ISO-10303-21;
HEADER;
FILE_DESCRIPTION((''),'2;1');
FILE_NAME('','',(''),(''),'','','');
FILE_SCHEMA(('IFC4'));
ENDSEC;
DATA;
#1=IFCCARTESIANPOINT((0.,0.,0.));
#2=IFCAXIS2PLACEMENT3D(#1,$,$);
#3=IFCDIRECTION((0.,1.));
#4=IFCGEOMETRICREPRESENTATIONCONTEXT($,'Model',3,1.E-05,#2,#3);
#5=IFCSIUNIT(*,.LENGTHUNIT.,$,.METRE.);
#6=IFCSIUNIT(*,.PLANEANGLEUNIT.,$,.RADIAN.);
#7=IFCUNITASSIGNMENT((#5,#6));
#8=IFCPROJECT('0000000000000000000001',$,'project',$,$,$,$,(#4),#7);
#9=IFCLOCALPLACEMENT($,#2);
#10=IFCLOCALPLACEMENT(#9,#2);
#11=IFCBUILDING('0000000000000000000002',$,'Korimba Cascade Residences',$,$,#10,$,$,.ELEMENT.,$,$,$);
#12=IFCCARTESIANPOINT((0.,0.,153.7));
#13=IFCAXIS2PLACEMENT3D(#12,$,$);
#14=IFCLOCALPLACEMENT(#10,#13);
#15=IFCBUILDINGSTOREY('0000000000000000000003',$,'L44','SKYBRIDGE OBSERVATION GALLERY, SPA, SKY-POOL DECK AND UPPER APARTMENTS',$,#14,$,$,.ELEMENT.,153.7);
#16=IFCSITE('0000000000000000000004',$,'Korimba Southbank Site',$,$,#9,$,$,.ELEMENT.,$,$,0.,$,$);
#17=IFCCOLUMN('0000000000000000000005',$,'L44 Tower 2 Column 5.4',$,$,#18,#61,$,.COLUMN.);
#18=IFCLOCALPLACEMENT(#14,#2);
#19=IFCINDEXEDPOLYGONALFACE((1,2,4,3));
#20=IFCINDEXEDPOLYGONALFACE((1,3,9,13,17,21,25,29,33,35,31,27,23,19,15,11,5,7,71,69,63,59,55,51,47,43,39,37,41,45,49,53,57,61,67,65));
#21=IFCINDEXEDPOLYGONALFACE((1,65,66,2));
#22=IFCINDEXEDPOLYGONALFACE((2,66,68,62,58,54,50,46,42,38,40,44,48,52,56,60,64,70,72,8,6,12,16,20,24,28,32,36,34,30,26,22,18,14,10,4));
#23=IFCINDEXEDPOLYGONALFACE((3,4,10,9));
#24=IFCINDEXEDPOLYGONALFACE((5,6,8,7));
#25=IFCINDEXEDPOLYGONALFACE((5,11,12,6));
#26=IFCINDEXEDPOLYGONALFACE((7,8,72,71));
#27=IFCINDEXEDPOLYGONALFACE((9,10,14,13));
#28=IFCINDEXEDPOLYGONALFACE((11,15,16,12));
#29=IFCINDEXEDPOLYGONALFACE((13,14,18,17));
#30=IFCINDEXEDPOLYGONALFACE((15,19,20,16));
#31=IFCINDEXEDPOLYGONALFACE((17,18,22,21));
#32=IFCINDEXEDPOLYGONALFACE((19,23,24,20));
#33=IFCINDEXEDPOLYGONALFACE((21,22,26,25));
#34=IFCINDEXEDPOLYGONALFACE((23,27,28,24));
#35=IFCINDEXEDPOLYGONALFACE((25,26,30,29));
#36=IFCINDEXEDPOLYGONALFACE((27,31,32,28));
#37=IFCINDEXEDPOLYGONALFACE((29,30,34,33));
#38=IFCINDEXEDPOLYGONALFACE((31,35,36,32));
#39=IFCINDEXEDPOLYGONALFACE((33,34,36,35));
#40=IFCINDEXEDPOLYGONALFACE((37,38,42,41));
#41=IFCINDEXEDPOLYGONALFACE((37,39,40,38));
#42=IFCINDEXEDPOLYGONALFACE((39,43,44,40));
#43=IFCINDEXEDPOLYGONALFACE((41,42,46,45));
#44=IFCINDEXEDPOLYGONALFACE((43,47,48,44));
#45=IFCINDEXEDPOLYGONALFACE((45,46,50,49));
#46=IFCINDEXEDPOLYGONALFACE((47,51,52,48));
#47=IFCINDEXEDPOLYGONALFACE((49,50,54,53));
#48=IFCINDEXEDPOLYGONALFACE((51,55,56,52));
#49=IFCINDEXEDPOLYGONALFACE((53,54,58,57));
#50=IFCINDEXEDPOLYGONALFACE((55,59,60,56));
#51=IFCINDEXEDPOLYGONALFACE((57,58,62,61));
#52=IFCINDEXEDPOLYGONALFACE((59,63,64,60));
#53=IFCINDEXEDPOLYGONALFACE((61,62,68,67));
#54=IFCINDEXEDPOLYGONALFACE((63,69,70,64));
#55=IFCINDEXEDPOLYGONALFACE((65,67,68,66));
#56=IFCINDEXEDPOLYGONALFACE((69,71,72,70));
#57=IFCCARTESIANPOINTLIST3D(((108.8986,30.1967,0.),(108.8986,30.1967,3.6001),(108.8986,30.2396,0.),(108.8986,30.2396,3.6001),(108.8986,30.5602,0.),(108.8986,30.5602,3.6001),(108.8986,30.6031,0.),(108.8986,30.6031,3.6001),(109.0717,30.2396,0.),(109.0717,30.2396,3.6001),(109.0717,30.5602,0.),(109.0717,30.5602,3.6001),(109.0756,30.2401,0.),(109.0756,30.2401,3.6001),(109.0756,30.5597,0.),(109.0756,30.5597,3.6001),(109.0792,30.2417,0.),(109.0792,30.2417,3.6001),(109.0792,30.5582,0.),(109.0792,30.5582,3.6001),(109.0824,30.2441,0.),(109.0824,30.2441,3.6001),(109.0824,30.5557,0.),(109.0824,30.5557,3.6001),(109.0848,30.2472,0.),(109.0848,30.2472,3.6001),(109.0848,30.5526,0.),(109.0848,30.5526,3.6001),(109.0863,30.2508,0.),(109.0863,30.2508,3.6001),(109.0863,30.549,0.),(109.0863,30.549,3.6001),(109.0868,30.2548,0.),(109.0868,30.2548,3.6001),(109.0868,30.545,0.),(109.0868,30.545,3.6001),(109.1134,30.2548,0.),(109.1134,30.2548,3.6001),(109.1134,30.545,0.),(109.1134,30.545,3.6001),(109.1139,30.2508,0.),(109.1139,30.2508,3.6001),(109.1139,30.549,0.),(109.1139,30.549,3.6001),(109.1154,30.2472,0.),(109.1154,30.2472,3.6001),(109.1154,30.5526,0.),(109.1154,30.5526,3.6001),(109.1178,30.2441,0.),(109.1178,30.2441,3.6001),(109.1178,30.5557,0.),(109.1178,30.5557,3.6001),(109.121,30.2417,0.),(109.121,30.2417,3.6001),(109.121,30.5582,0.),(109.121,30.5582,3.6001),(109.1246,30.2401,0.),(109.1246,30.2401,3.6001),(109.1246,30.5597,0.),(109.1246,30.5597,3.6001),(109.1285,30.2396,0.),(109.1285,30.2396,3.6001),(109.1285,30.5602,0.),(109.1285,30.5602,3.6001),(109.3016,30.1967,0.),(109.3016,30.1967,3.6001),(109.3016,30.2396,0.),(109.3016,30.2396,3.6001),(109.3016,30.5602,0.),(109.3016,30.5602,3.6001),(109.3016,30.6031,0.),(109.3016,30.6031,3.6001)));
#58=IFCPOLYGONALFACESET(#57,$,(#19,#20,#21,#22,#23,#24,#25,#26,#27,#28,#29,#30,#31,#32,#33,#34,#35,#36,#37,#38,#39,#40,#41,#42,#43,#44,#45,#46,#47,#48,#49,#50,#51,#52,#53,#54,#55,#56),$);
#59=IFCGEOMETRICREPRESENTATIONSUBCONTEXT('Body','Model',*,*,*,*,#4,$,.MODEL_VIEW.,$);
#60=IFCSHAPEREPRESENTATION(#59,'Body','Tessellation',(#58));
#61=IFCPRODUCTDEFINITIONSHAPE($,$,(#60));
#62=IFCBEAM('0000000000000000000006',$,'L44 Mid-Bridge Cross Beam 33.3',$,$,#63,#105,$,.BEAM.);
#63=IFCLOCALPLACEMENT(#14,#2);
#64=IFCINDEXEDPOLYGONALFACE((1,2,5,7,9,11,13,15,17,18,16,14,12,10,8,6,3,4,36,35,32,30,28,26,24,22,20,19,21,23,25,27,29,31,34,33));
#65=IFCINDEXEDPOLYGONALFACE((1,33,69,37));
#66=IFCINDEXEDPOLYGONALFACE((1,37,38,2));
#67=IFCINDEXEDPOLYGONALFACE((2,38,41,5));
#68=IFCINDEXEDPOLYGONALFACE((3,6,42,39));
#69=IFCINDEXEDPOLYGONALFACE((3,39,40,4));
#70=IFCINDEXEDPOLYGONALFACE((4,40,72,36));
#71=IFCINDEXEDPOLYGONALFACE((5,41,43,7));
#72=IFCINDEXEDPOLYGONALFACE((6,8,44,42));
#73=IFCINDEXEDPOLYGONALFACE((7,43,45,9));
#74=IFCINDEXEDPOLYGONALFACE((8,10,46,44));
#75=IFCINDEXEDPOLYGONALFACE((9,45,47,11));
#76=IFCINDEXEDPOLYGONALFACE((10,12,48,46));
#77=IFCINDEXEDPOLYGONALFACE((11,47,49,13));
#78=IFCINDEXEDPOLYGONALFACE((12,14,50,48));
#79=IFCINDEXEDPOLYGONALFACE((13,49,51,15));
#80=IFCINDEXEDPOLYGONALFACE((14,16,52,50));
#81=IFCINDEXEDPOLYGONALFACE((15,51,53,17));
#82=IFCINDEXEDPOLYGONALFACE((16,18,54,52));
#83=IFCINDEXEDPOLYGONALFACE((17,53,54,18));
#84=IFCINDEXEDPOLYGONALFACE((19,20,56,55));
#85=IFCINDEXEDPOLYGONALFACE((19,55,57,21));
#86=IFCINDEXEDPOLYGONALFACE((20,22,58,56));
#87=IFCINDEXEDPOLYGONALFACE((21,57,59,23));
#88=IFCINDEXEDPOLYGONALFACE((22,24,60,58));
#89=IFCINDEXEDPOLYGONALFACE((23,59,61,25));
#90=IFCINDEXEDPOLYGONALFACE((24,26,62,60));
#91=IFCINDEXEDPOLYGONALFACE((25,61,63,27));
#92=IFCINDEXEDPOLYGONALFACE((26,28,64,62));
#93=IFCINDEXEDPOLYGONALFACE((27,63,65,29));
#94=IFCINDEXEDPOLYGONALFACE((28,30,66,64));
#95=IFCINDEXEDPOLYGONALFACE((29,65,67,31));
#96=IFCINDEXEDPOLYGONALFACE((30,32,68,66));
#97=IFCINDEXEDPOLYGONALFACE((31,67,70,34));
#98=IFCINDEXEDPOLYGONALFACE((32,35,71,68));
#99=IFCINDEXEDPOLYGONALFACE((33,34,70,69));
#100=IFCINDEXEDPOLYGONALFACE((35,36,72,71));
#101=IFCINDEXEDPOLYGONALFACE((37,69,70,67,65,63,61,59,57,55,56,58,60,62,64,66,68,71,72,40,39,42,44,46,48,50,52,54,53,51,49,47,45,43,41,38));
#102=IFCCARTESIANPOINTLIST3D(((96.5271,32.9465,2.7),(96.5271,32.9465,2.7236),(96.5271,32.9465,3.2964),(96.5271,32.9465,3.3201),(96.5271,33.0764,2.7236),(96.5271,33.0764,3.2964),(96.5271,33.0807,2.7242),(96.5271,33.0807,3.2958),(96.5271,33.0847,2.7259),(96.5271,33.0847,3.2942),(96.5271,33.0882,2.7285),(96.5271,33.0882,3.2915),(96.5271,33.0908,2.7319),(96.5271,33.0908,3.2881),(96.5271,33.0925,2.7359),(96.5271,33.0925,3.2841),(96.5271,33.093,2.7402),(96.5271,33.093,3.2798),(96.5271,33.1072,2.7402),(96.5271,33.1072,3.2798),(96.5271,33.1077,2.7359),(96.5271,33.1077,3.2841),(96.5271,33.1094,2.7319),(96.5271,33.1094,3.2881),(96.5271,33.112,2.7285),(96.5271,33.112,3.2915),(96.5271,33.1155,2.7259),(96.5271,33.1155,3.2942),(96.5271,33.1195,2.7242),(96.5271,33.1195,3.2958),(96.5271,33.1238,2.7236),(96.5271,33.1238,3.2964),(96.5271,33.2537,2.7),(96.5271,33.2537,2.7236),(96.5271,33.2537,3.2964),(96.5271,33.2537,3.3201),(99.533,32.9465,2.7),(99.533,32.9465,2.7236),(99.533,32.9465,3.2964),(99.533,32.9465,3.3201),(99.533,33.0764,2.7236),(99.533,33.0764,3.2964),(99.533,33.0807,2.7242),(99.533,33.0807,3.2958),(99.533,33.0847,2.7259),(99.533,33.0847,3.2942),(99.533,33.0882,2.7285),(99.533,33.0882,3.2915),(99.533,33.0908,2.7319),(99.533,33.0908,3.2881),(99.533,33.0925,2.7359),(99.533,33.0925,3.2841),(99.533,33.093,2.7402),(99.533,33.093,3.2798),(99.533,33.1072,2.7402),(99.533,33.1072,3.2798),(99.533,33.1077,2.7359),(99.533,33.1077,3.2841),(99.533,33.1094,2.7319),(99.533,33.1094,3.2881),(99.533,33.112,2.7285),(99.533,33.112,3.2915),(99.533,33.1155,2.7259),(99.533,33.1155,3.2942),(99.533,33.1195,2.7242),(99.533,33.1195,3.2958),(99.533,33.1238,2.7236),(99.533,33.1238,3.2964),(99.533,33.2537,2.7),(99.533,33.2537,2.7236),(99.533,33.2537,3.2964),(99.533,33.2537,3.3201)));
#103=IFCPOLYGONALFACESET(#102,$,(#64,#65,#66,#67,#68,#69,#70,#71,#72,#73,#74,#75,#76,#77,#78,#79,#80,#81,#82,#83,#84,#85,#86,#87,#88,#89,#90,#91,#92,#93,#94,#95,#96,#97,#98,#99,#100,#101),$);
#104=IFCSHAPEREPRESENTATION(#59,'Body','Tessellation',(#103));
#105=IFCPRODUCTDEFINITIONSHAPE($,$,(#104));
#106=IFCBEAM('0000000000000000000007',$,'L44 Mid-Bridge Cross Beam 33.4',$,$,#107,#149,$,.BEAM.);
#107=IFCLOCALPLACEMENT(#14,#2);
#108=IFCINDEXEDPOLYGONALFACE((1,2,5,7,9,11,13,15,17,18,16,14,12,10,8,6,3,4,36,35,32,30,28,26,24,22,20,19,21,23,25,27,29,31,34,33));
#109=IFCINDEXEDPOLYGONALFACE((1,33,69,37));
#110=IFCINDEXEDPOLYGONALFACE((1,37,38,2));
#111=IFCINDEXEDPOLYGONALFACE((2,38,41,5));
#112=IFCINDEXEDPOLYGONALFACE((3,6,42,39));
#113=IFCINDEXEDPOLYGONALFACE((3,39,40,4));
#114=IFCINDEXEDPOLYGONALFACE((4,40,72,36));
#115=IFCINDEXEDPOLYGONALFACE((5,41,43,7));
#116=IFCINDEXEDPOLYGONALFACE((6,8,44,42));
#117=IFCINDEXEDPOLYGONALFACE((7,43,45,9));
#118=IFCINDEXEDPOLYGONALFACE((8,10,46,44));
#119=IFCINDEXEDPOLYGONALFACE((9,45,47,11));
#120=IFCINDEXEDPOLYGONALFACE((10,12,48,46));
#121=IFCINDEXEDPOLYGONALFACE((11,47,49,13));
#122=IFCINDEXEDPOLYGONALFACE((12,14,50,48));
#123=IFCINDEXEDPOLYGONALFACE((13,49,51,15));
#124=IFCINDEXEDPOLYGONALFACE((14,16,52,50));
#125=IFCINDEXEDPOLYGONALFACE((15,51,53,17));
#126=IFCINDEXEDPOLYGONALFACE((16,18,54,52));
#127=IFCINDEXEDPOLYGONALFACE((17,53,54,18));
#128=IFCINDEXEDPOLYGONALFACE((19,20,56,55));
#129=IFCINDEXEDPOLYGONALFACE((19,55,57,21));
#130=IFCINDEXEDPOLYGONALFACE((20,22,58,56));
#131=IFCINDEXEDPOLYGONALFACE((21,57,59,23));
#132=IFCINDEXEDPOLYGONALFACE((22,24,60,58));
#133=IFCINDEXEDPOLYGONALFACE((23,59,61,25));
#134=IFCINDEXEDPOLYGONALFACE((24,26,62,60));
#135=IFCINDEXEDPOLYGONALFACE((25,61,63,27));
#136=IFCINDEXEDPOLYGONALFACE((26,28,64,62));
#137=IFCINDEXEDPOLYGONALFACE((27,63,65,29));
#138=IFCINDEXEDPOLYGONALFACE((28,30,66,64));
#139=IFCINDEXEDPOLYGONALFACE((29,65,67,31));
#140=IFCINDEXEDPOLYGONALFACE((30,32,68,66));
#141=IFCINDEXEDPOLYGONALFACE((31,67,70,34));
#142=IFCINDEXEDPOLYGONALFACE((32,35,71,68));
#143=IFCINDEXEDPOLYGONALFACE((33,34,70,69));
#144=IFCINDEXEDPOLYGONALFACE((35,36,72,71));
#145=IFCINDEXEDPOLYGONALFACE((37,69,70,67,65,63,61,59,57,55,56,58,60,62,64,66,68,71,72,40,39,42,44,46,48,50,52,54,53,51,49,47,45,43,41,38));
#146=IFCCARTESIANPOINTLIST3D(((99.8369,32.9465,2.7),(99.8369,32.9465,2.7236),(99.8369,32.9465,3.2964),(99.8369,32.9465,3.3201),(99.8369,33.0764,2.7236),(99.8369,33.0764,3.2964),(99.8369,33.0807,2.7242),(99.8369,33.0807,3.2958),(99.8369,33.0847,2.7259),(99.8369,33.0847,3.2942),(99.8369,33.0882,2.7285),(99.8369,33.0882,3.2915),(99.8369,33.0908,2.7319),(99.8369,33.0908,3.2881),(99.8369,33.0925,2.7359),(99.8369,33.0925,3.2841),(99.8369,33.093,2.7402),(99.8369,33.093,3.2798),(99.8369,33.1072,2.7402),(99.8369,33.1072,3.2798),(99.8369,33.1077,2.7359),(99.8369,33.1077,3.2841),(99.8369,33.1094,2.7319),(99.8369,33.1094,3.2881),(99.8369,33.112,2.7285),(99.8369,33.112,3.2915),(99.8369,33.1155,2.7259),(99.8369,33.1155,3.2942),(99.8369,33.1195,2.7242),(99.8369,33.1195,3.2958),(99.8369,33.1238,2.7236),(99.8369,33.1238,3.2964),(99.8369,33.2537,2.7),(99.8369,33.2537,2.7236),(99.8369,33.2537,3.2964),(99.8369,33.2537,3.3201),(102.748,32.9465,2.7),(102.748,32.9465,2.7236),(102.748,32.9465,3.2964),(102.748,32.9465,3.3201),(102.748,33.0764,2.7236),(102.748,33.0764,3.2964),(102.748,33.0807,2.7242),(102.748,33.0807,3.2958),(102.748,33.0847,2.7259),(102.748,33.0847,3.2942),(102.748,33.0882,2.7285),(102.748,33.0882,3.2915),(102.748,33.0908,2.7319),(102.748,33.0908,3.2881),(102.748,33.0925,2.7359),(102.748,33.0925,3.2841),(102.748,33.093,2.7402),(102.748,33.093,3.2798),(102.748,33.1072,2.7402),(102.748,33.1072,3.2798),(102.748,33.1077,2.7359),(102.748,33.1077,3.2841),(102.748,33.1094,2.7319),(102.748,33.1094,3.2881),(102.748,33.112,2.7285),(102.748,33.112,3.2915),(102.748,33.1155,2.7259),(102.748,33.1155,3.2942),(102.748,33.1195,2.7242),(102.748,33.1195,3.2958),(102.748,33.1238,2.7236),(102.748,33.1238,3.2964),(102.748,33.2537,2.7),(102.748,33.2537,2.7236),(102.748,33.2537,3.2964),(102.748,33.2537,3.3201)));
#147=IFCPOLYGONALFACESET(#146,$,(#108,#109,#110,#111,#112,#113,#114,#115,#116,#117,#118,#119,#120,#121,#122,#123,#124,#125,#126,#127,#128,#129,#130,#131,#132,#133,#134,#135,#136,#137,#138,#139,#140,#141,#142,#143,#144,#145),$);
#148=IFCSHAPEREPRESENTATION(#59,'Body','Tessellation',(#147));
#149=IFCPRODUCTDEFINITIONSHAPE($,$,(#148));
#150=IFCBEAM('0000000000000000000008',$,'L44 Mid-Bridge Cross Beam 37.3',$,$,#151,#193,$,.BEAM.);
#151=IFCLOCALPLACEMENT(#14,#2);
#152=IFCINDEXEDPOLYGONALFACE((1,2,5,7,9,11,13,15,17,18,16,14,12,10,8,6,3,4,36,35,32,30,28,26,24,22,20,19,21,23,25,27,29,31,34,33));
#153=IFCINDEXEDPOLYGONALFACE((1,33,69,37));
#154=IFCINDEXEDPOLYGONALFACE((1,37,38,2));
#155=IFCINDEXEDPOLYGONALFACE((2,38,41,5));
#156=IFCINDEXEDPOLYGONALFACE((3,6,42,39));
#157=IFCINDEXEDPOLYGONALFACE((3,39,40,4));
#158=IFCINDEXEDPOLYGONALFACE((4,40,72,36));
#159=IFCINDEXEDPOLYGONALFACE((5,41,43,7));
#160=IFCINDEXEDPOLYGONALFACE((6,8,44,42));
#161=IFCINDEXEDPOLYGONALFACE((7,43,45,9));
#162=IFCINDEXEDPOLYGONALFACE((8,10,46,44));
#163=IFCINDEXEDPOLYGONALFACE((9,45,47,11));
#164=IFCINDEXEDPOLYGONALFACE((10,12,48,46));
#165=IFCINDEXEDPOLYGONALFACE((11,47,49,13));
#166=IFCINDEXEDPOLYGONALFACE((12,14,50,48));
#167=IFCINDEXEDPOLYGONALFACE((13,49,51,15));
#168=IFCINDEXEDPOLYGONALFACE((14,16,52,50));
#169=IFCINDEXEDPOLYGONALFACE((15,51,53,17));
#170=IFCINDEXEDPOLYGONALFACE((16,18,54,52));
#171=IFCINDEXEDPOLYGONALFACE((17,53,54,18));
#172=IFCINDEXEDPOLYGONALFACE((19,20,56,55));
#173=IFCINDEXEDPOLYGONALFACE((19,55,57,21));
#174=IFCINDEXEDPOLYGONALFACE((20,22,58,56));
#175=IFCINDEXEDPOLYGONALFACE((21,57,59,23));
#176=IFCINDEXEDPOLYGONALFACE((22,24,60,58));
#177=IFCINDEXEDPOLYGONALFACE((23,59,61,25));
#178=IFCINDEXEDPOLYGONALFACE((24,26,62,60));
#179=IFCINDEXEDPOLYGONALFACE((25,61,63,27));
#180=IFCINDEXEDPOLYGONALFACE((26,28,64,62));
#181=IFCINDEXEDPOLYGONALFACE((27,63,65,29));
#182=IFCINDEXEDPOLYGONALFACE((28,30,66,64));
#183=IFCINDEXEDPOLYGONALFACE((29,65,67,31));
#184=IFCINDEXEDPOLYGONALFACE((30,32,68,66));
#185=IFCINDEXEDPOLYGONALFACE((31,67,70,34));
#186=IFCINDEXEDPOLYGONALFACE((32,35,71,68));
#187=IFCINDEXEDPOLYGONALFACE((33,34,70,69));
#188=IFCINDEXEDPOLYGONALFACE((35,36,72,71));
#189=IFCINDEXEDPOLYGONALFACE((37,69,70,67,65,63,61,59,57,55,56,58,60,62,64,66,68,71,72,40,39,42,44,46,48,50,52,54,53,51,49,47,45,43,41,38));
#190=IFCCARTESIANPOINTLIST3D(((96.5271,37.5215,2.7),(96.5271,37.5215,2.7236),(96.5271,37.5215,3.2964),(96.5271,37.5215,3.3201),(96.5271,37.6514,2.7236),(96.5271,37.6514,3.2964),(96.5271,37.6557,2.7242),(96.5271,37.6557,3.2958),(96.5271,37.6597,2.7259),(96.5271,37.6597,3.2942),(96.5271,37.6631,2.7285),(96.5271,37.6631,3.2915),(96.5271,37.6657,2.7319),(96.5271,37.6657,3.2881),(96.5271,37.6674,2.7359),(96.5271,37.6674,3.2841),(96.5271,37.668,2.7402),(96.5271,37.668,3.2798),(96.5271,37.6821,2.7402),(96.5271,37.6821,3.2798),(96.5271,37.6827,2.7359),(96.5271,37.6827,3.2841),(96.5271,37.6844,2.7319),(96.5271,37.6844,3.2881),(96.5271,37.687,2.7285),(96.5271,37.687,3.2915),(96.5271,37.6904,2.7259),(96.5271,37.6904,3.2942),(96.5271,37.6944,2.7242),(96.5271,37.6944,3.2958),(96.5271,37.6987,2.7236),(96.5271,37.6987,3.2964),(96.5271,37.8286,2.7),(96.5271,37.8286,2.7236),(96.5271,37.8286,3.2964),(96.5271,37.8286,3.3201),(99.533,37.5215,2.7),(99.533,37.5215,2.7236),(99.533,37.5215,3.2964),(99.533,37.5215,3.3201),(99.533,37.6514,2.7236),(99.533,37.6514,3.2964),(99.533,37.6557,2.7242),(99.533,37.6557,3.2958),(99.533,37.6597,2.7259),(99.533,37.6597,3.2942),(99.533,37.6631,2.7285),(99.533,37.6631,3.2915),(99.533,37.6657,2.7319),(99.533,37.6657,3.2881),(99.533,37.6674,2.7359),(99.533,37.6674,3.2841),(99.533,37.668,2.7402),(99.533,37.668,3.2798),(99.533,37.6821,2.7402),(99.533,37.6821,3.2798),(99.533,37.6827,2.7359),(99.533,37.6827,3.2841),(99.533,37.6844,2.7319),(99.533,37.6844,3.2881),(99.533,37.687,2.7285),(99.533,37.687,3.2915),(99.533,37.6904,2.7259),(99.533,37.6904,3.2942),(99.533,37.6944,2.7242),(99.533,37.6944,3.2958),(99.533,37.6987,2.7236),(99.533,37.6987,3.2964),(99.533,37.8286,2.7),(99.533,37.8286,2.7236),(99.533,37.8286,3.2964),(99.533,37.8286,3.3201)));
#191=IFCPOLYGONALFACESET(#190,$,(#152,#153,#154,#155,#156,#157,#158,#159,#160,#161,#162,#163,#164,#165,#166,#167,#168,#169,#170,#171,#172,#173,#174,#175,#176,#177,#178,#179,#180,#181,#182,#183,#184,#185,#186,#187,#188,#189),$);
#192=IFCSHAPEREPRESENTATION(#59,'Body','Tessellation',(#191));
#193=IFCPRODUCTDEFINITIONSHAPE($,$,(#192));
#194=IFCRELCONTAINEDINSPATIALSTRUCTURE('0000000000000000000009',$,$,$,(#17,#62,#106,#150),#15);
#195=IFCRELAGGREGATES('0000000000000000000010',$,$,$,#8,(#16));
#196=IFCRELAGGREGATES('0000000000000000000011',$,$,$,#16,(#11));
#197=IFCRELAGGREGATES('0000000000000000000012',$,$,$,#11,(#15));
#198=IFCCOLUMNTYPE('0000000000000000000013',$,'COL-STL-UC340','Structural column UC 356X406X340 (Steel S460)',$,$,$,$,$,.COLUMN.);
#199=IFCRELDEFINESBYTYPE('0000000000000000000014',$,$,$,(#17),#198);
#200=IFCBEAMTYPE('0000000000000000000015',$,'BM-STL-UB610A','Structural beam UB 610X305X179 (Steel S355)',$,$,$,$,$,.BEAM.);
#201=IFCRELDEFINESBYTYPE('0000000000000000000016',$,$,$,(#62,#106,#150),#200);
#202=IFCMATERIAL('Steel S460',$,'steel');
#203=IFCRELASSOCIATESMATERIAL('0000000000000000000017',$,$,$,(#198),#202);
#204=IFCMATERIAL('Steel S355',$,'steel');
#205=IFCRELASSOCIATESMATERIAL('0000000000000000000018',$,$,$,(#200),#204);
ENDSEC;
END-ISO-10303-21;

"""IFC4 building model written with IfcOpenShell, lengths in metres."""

from ifc_helpers import new_model, si_unit, direction, frame, origin, origin_2d, place, context, subcontext, project, spatial, i_section, extrude, material, material_profile, profile_set, type_object, element, save


model = new_model("IFC4")

# Units and contexts
model_context = context("Model", 3, precision=1e-05, world=origin(), true_north=direction((0.0, 1.0)))
body_context = subcontext(model_context, "Body", "Model", "MODEL_VIEW")
ifc_project = project(units=[si_unit("LENGTHUNIT", "METRE"), si_unit("PLANEANGLEUNIT", "RADIAN")], contexts=[model_context])

# Site, building, storey
site_placement = place(None, origin())
site = spatial("IfcSite", under=ifc_project, at=site_placement, Name="Korimba Southbank Site", CompositionType="ELEMENT", RefElevation=0.0)
building_placement = place(site_placement, origin())
building = spatial("IfcBuilding", under=site, at=building_placement, Name="Korimba Cascade Residences", CompositionType="ELEMENT")
storey_placement = place(building_placement, frame((0.0, 0.0, 153.7)))
storey = spatial("IfcBuildingStorey", under=building, at=storey_placement, Name="L44", Description="SKYBRIDGE OBSERVATION GALLERY, SPA, SKY-POOL DECK AND UPPER APARTMENTS", CompositionType="ELEMENT", Elevation=153.7)

# Column
ifc_material_1 = material(Name="Steel S460", Category="steel")
ifc_material_profile_1 = material_profile(ifc_material_1, i_section(OverallWidth=0.4031, OverallDepth=0.4065, WebThickness=0.0266, FlangeThickness=0.043, FilletRadius=0.0151, at=origin_2d()), Name="Steel S460")
ifc_profile_set_1 = profile_set([ifc_material_profile_1], Name="Steel S460")
column_type = type_object("IfcColumnType", Name="COL-STL-UC340", Description="Structural column UC 356X406X340 (Steel S460)", PredefinedType="COLUMN", material=ifc_profile_set_1)
column_placement = place(storey_placement, frame((109.1001, 30.3999, 0.0), z_axis=(0.0, 0.0, 1.0), x_axis=(1.0, 0.0, 0.0)))
element("IfcColumn", 1, at=column_placement, inside=storey, type_object=column_type, Name="L44 Tower 2 Column 5.4", PredefinedType="COLUMN", context=body_context, shape_type="SweptSolid", body=[
    extrude(i_section(OverallWidth=0.4031, OverallDepth=0.4065, WebThickness=0.0266, FlangeThickness=0.043, FilletRadius=0.0151, at=origin_2d()), origin(), (0.0, 0.0, 1.0), 3.6001),
])

# Beams
ifc_material_2 = material(Name="Steel S355", Category="steel")
ifc_material_profile_2 = material_profile(ifc_material_2, i_section(OverallWidth=0.3071, OverallDepth=0.6201, WebThickness=0.0142, FlangeThickness=0.0237, FilletRadius=0.0166, at=origin_2d()), Name="Steel S355")
ifc_profile_set_2 = profile_set([ifc_material_profile_2], Name="Steel S355")
beam_type_1 = type_object("IfcBeamType", Name="BM-STL-UB610A", Description="Structural beam UB 610X305X179 (Steel S355)", PredefinedType="BEAM", material=ifc_profile_set_2)
beam_1_placement = place(storey_placement, frame((96.5271, 33.1001, 3.01), z_axis=(1.0, 0.0, 0.0), x_axis=(0.0, 1.0, 0.0)))
element("IfcBeam", 2, at=beam_1_placement, inside=storey, type_object=beam_type_1, Name="L44 Mid-Bridge Cross Beam 33.3", PredefinedType="BEAM", context=body_context, shape_type="SweptSolid", body=[
    extrude(i_section(OverallWidth=0.3071, OverallDepth=0.6201, WebThickness=0.0142, FlangeThickness=0.0237, FilletRadius=0.0166, at=origin_2d()), origin(), (0.0, 0.0, 1.0), 3.0059),
])
beam_2_placement = place(storey_placement, frame((99.8369, 33.1001, 3.01), z_axis=(1.0, 0.0, 0.0), x_axis=(0.0, 1.0, 0.0)))
element("IfcBeam", 3, at=beam_2_placement, inside=storey, type_object=beam_type_1, Name="L44 Mid-Bridge Cross Beam 33.4", PredefinedType="BEAM", context=body_context, shape_type="SweptSolid", body=[
    extrude(i_section(OverallWidth=0.3071, OverallDepth=0.6201, WebThickness=0.0142, FlangeThickness=0.0237, FilletRadius=0.0166, at=origin_2d()), origin(), (0.0, 0.0, 1.0), 2.9111),
])
beam_3_placement = place(storey_placement, frame((96.5271, 37.675, 3.01), z_axis=(1.0, 0.0, 0.0), x_axis=(0.0, 1.0, 0.0)))
element("IfcBeam", 4, at=beam_3_placement, inside=storey, type_object=beam_type_1, Name="L44 Mid-Bridge Cross Beam 37.3", PredefinedType="BEAM", context=body_context, shape_type="SweptSolid", body=[
    extrude(i_section(OverallWidth=0.3071, OverallDepth=0.6201, WebThickness=0.0142, FlangeThickness=0.0237, FilletRadius=0.0166, at=origin_2d()), origin(), (0.0, 0.0, 1.0), 3.0059),
])

save(model, "model.ifc")
